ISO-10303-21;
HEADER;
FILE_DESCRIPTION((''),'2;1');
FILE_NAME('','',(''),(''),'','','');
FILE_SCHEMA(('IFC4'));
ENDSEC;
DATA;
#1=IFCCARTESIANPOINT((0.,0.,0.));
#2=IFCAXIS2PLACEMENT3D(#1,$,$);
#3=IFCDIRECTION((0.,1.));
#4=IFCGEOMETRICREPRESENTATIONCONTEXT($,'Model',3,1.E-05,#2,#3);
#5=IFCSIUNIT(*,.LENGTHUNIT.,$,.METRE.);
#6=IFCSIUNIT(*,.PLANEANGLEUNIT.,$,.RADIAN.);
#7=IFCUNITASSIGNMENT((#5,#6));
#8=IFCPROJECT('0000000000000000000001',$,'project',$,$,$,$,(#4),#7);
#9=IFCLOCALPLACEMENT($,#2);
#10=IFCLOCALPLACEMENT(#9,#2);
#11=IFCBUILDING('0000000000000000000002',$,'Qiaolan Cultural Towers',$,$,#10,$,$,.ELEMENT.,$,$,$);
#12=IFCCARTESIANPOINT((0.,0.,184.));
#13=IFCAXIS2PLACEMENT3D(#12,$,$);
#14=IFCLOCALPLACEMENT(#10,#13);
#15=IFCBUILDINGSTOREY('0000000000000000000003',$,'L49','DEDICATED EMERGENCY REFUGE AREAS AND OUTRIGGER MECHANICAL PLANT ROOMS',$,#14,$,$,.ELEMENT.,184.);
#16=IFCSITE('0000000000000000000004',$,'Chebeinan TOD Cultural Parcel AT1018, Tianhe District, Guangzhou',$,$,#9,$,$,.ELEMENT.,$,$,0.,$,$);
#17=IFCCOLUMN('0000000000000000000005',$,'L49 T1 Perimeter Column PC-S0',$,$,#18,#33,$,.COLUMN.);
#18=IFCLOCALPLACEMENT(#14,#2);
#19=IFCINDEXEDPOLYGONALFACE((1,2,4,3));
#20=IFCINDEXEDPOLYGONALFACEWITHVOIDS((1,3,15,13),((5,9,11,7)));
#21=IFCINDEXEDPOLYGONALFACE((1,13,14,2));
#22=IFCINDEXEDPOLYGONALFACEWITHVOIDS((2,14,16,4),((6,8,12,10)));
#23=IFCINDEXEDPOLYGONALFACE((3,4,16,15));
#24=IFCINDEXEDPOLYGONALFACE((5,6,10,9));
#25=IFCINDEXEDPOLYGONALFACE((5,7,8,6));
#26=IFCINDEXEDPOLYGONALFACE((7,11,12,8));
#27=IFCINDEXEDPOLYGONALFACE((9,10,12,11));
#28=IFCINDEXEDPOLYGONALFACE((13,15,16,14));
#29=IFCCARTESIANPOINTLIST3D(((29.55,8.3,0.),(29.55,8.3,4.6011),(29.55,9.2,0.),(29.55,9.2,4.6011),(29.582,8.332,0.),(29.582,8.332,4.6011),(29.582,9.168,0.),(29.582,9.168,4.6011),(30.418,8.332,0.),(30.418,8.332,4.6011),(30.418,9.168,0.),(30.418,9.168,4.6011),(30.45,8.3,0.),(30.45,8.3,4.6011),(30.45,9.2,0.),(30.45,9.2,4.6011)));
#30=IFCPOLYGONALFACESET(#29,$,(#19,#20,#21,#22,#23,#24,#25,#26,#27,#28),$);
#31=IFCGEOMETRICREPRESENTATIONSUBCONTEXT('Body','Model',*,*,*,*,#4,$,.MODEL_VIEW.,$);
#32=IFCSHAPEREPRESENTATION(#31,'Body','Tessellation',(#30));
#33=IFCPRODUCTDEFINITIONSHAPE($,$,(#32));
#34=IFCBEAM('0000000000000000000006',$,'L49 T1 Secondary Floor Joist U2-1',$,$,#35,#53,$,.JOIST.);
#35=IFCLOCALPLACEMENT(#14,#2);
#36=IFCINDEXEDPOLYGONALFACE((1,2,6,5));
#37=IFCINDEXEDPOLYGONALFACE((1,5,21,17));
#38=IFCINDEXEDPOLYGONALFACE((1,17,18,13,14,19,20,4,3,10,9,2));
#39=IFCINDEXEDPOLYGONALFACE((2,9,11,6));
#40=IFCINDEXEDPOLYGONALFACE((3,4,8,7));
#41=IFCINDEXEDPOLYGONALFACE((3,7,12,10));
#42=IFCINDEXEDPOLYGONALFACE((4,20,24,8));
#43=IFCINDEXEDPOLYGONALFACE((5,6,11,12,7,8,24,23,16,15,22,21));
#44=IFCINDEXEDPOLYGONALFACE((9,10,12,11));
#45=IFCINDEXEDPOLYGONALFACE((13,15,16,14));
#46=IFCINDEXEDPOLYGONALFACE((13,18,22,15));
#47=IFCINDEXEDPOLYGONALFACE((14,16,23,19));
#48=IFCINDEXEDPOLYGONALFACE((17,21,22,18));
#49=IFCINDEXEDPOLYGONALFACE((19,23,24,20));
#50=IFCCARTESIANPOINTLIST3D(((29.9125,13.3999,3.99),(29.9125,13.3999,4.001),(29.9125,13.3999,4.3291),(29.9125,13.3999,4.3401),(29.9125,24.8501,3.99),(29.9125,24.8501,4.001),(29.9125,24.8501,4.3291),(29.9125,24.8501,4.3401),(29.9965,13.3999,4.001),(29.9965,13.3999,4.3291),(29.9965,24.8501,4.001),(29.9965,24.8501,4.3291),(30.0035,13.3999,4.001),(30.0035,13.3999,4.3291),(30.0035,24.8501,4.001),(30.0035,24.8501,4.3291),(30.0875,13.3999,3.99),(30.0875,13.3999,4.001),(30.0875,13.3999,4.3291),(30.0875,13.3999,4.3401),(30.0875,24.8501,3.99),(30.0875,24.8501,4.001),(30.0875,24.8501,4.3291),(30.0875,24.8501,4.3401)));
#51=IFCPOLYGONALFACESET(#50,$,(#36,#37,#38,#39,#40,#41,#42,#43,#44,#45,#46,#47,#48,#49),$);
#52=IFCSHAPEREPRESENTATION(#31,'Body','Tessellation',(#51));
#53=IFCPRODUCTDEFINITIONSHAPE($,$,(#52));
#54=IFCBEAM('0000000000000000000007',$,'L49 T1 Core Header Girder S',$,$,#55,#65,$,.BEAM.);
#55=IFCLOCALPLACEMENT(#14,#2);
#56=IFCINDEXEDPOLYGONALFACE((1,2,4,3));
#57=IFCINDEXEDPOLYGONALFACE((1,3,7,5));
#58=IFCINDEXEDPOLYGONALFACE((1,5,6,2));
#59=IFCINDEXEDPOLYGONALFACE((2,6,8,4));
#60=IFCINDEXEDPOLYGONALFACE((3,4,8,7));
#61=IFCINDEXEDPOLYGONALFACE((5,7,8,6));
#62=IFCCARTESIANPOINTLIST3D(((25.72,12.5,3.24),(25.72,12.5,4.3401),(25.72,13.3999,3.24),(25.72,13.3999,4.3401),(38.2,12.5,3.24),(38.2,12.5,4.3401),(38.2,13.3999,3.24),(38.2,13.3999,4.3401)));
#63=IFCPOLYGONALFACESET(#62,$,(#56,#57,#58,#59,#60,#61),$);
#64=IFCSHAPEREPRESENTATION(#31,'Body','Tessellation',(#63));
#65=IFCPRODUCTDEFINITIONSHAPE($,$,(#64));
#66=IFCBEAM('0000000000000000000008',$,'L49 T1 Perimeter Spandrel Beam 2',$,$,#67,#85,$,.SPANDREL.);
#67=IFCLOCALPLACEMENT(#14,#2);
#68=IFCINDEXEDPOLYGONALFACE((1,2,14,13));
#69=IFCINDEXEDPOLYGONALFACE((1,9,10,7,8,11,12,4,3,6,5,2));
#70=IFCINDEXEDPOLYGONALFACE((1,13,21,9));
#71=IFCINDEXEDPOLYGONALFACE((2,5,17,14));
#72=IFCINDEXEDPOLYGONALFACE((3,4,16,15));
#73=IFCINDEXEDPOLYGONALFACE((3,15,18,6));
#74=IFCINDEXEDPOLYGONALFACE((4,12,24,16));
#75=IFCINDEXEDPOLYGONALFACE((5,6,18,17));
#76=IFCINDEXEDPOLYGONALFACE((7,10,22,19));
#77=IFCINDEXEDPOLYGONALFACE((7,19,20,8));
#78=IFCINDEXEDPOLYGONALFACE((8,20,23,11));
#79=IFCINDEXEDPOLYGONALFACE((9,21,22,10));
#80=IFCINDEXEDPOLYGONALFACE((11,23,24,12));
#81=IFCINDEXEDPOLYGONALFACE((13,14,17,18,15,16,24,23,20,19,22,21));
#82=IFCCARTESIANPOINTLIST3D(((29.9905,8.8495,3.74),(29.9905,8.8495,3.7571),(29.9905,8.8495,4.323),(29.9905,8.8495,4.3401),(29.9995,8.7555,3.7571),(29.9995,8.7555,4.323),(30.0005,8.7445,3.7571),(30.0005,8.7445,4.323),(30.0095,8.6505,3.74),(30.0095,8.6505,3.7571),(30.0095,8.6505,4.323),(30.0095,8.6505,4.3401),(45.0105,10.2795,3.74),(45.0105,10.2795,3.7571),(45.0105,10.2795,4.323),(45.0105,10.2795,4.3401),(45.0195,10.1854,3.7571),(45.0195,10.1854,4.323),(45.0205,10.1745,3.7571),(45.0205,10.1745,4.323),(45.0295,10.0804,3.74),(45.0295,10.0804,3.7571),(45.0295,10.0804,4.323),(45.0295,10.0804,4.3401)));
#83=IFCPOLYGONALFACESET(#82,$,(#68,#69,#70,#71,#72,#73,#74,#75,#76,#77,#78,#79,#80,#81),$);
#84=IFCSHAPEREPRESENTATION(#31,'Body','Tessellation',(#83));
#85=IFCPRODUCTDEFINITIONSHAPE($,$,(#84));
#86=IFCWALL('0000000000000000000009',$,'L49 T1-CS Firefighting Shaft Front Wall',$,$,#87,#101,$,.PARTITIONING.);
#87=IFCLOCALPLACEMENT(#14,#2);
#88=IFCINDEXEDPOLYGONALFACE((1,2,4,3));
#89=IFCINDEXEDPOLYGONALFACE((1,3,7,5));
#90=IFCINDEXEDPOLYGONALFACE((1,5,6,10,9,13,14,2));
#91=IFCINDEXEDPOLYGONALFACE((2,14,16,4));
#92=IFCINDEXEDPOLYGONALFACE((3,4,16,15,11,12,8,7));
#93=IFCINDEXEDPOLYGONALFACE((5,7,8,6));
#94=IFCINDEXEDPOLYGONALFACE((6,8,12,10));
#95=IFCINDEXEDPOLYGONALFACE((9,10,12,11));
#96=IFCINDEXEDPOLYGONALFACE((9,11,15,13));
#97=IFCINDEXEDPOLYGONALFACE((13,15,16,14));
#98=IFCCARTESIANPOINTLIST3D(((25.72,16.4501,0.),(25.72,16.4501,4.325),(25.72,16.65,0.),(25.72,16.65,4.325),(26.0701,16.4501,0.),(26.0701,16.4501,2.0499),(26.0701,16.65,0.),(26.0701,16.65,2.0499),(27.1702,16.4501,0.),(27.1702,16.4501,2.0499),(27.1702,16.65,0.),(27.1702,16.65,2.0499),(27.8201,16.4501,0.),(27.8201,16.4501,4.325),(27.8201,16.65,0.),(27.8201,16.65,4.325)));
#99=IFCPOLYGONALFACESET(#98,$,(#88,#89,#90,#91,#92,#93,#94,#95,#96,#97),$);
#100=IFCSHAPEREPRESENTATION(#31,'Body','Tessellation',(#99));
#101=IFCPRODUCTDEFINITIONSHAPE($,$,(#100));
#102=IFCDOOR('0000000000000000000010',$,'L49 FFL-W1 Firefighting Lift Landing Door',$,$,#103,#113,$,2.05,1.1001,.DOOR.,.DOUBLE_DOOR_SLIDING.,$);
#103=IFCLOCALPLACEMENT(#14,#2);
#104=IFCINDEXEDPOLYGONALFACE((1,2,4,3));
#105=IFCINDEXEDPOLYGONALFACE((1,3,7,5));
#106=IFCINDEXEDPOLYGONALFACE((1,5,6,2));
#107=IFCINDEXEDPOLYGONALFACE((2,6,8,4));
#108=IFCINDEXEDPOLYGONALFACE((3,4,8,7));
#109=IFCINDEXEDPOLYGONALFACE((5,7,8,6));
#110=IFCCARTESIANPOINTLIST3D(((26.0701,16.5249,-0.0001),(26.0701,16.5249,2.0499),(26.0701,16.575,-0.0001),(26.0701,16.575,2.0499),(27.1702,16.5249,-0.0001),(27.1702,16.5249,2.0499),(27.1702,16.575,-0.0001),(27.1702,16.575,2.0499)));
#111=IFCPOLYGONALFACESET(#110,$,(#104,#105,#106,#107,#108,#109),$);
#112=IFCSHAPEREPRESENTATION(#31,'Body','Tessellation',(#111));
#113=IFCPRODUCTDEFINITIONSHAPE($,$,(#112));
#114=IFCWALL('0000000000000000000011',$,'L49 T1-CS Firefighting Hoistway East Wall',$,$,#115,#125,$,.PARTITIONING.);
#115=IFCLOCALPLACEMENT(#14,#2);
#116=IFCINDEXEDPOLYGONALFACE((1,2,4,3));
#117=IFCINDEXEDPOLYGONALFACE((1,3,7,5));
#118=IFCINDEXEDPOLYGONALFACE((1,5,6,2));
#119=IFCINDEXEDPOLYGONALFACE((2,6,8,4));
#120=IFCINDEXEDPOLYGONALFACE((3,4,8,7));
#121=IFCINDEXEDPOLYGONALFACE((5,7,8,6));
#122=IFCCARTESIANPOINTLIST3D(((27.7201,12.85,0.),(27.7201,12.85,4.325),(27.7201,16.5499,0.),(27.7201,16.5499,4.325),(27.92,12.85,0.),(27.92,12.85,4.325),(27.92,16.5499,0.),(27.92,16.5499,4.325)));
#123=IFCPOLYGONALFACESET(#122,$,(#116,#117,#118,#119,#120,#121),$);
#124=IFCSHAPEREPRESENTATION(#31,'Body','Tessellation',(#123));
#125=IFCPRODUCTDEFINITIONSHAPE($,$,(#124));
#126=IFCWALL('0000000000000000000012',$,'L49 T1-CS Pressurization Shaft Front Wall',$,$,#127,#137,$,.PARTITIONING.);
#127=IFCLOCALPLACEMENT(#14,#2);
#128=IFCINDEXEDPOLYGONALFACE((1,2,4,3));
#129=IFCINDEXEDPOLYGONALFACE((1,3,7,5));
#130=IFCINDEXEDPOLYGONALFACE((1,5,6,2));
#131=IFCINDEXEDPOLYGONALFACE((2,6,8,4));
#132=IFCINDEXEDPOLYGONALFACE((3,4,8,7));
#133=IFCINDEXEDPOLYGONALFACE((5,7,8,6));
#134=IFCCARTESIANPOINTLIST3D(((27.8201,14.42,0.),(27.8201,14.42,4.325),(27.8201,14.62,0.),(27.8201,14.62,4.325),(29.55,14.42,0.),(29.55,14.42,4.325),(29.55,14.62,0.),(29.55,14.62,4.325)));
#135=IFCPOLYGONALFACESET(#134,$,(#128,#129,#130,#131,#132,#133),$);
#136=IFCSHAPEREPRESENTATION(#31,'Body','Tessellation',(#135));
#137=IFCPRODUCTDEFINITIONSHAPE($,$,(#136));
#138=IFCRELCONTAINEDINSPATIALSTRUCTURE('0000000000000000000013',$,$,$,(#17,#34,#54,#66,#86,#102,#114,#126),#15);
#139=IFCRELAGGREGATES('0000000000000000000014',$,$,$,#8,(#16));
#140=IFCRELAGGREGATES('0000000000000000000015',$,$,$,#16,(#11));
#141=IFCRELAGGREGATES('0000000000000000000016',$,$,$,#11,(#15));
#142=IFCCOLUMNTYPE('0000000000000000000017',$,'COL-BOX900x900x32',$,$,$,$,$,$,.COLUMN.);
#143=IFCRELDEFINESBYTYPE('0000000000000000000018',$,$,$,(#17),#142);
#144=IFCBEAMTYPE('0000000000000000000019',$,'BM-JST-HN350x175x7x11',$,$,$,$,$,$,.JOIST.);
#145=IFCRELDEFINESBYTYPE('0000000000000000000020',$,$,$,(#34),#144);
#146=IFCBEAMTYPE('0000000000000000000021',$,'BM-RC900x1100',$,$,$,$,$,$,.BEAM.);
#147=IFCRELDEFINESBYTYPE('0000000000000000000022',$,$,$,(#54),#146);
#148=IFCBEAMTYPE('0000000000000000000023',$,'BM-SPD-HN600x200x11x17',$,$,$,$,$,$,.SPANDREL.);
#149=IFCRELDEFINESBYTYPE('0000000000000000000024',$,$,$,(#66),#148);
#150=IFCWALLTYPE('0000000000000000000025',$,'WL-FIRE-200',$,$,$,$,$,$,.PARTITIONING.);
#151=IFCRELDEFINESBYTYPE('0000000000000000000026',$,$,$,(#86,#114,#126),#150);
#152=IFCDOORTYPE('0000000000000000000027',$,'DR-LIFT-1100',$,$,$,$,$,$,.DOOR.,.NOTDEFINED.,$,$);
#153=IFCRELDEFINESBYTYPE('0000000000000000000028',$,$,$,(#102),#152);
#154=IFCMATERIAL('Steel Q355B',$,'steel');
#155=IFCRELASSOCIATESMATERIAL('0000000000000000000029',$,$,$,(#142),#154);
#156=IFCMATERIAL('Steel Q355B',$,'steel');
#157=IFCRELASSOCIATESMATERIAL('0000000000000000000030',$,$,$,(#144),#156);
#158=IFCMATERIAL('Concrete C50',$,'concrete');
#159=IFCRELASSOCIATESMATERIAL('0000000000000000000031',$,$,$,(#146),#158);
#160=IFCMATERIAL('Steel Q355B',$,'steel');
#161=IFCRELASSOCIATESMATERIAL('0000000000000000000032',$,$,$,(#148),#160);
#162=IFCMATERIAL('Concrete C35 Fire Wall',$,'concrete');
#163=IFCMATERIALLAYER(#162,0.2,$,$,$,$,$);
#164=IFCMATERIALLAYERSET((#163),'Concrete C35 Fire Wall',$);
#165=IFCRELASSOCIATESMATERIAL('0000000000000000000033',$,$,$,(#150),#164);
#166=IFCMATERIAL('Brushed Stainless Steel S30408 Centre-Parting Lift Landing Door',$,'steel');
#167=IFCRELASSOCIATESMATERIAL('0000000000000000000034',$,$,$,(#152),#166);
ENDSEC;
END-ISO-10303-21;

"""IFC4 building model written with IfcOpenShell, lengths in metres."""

from ifc_helpers import new_model, si_unit, direction, frame, frame_2d, origin, origin_2d, place, context, subcontext, project, spatial, rectangle, hollow_rectangle, i_section, extrude, material, layer, layer_set, material_profile, profile_set, type_object, element, fill, save


model = new_model("IFC4")

# Units and contexts
model_context = context("Model", 3, precision=1e-05, world=origin(), true_north=direction((0.0, 1.0)))
body_context = subcontext(model_context, "Body", "Model", "MODEL_VIEW")
ifc_project = project(units=[si_unit("LENGTHUNIT", "METRE"), si_unit("PLANEANGLEUNIT", "RADIAN")], contexts=[model_context])

# Site, building, storey
site_placement = place(None, origin())
site = spatial("IfcSite", under=ifc_project, at=site_placement, Name="Chebeinan TOD Cultural Parcel AT1018, Tianhe District, Guangzhou", CompositionType="ELEMENT", RefElevation=0.0)
building_placement = place(site_placement, origin())
building = spatial("IfcBuilding", under=site, at=building_placement, Name="Qiaolan Cultural Towers", CompositionType="ELEMENT")
storey_placement = place(building_placement, frame((0.0, 0.0, 184.0)))
storey = spatial("IfcBuildingStorey", under=building, at=storey_placement, Name="L49", Description="DEDICATED EMERGENCY REFUGE AREAS AND OUTRIGGER MECHANICAL PLANT ROOMS", CompositionType="ELEMENT", Elevation=184.0)

# Column
ifc_material_1 = material(Name="Steel Q355B", Category="steel")
ifc_material_profile_1 = material_profile(ifc_material_1, hollow_rectangle(XDim=0.8999, YDim=0.8999, WallThickness=0.032, at=origin_2d()), Name="BOX900x900x32")
ifc_profile_set_1 = profile_set([ifc_material_profile_1], Name="Steel Q355B")
column_type = type_object("IfcColumnType", Name="COL-BOX900x900x32", PredefinedType="COLUMN", material=ifc_profile_set_1)
column_placement = place(storey_placement, frame((30.0, 8.75, 0.0), z_axis=(0.0, 0.0, 1.0), x_axis=(1.0, 0.0, 0.0)))
element("IfcColumn", 1, at=column_placement, inside=storey, type_object=column_type, Name="L49 T1 Perimeter Column PC-S0", PredefinedType="COLUMN", context=body_context, shape_type="SweptSolid", body=[
    extrude(hollow_rectangle(XDim=0.8999, YDim=0.8999, WallThickness=0.032, at=origin_2d()), origin(), (0.0, 0.0, 1.0), 4.6011),
])

# Beams
ifc_material_2 = material(Name="Steel Q355B", Category="steel")
ifc_material_profile_2 = material_profile(ifc_material_2, i_section(OverallWidth=0.175, OverallDepth=0.3501, WebThickness=0.0071, FlangeThickness=0.011, at=origin_2d()), Name="HN350x175x7x11")
ifc_profile_set_2 = profile_set([ifc_material_profile_2], Name="Steel Q355B")
beam_type_1 = type_object("IfcBeamType", Name="BM-JST-HN350x175x7x11", PredefinedType="JOIST", material=ifc_profile_set_2)
beam_1_placement = place(storey_placement, frame((30.0, 13.3999, 4.165), z_axis=(0.0, 1.0, 0.0), x_axis=(-1.0, 0.0, 0.0)))
element("IfcBeam", 2, at=beam_1_placement, inside=storey, type_object=beam_type_1, Name="L49 T1 Secondary Floor Joist U2-1", PredefinedType="JOIST", context=body_context, shape_type="SweptSolid", body=[
    extrude(i_section(OverallWidth=0.175, OverallDepth=0.3501, WebThickness=0.0071, FlangeThickness=0.011, at=origin_2d()), origin(), (0.0, 0.0, 1.0), 11.4502),
])
ifc_material_3 = material(Name="Concrete C50", Category="concrete")
ifc_material_profile_3 = material_profile(ifc_material_3, rectangle(XDim=0.8999, YDim=1.1001, at=origin_2d()), Name="RC900x1100")
ifc_profile_set_3 = profile_set([ifc_material_profile_3], Name="Concrete C50")
beam_type_2 = type_object("IfcBeamType", Name="BM-RC900x1100", PredefinedType="BEAM", material=ifc_profile_set_3)
beam_2_placement = place(storey_placement, frame((25.72, 12.95, 3.79), z_axis=(1.0, 0.0, 0.0), x_axis=(0.0, 1.0, 0.0)))
element("IfcBeam", 3, at=beam_2_placement, inside=storey, type_object=beam_type_2, Name="L49 T1 Core Header Girder S", PredefinedType="BEAM", context=body_context, shape_type="SweptSolid", body=[
    extrude(rectangle(XDim=0.8999, YDim=1.1001, at=origin_2d()), origin(), (0.0, 0.0, 1.0), 12.48),
])
ifc_material_4 = material(Name="Steel Q355B", Category="steel")
ifc_material_profile_4 = material_profile(ifc_material_4, i_section(OverallWidth=0.2, OverallDepth=0.6001, WebThickness=0.011, FlangeThickness=0.0171, at=origin_2d()), Name="HN600x200x11x17")
ifc_profile_set_4 = profile_set([ifc_material_profile_4], Name="Steel Q355B")
beam_type_3 = type_object("IfcBeamType", Name="BM-SPD-HN600x200x11x17", PredefinedType="SPANDREL", material=ifc_profile_set_4)
beam_3_placement = place(storey_placement, frame((30.0, 8.75, 4.04), z_axis=(0.995499, 0.094773, 0.0), x_axis=(-0.094773, 0.995499, 0.0)))
element("IfcBeam", 4, at=beam_3_placement, inside=storey, type_object=beam_type_3, Name="L49 T1 Perimeter Spandrel Beam 2", PredefinedType="SPANDREL", context=body_context, shape_type="SweptSolid", body=[
    extrude(i_section(OverallWidth=0.2, OverallDepth=0.6001, WebThickness=0.011, FlangeThickness=0.0171, at=origin_2d()), origin(), (0.0, 0.0, 1.0), 15.0879),
])

# Wall, opening, door
ifc_material_5 = material(Name="Concrete C35 Fire Wall", Category="concrete")
ifc_layer_1 = layer(ifc_material_5, 0.2)
ifc_layer_set_1 = layer_set([ifc_layer_1], Name="Concrete C35 Fire Wall")
wall_type_1 = type_object("IfcWallType", Name="WL-FIRE-200", PredefinedType="PARTITIONING", material=ifc_layer_set_1)
wall_1_placement = place(storey_placement, frame((25.72, 16.55, 0.0), z_axis=(0.0, 0.0, 1.0), x_axis=(1.0, 0.0, 0.0)))
wall_1 = element("IfcWall", 5, at=wall_1_placement, inside=storey, type_object=wall_type_1, Name="L49 T1-CS Firefighting Shaft Front Wall", PredefinedType="PARTITIONING", context=body_context, shape_type="SweptSolid", body=[
    extrude(rectangle(XDim=2.1001, YDim=0.2, at=frame_2d((1.05, 0.0))), origin(), (0.0, 0.0, 1.0), 4.325),
])
opening_1_placement = place(wall_1_placement, frame((0.3501, 0.0, 0.0)))
opening_1 = element("IfcOpeningElement", 6, at=opening_1_placement, cuts=wall_1, PredefinedType="OPENING", context=body_context, shape_type="SweptSolid", body=[
    extrude(rectangle(XDim=1.1001, YDim=2.05, at=frame_2d((0.55, 1.0249))), frame((0.0, 0.1099, 0.0), z_axis=(0.0, -1.0, 0.0), x_axis=(1.0, 0.0, 0.0)), (0.0, 0.0, 1.0), 0.22),
])
ifc_material_6 = material(Name="Brushed Stainless Steel S30408 Centre-Parting Lift Landing Door", Category="steel")
door_type_1 = type_object("IfcDoorType", Name="DR-LIFT-1100", OperationType="NOTDEFINED", PredefinedType="DOOR", material=ifc_material_6)
door_1_placement = place(opening_1_placement, origin())
door_1 = element("IfcDoor", 7, at=door_1_placement, inside=storey, type_object=door_type_1, Name="L49 FFL-W1 Firefighting Lift Landing Door", OperationType="DOUBLE_DOOR_SLIDING", OverallHeight=2.05, OverallWidth=1.1001, PredefinedType="DOOR", context=body_context, shape_type="SweptSolid", body=[
    extrude(rectangle(XDim=1.1001, YDim=2.05, at=frame_2d((0.55, 1.0249))), frame((0.0, 0.0249, 0.0), z_axis=(0.0, -1.0, 0.0), x_axis=(1.0, 0.0, 0.0)), (0.0, 0.0, 1.0), 0.05),
])
fill(opening_1, door_1)

# Walls
wall_2_placement = place(storey_placement, frame((27.8201, 16.55, 0.0), z_axis=(0.0, 0.0, 1.0), x_axis=(0.0, -1.0, 0.0)))
element("IfcWall", 8, at=wall_2_placement, inside=storey, type_object=wall_type_1, Name="L49 T1-CS Firefighting Hoistway East Wall", PredefinedType="PARTITIONING", context=body_context, shape_type="SweptSolid", body=[
    extrude(rectangle(XDim=3.7, YDim=0.2, at=frame_2d((1.8501, 0.0))), origin(), (0.0, 0.0, 1.0), 4.325),
])
wall_3_placement = place(storey_placement, frame((27.8201, 14.52, 0.0), z_axis=(0.0, 0.0, 1.0), x_axis=(1.0, 0.0, 0.0)))
element("IfcWall", 9, at=wall_3_placement, inside=storey, type_object=wall_type_1, Name="L49 T1-CS Pressurization Shaft Front Wall", PredefinedType="PARTITIONING", context=body_context, shape_type="SweptSolid", body=[
    extrude(rectangle(XDim=1.73, YDim=0.2, at=frame_2d((0.865, 0.0))), origin(), (0.0, 0.0, 1.0), 4.325),
])

save(model, "model.ifc")
